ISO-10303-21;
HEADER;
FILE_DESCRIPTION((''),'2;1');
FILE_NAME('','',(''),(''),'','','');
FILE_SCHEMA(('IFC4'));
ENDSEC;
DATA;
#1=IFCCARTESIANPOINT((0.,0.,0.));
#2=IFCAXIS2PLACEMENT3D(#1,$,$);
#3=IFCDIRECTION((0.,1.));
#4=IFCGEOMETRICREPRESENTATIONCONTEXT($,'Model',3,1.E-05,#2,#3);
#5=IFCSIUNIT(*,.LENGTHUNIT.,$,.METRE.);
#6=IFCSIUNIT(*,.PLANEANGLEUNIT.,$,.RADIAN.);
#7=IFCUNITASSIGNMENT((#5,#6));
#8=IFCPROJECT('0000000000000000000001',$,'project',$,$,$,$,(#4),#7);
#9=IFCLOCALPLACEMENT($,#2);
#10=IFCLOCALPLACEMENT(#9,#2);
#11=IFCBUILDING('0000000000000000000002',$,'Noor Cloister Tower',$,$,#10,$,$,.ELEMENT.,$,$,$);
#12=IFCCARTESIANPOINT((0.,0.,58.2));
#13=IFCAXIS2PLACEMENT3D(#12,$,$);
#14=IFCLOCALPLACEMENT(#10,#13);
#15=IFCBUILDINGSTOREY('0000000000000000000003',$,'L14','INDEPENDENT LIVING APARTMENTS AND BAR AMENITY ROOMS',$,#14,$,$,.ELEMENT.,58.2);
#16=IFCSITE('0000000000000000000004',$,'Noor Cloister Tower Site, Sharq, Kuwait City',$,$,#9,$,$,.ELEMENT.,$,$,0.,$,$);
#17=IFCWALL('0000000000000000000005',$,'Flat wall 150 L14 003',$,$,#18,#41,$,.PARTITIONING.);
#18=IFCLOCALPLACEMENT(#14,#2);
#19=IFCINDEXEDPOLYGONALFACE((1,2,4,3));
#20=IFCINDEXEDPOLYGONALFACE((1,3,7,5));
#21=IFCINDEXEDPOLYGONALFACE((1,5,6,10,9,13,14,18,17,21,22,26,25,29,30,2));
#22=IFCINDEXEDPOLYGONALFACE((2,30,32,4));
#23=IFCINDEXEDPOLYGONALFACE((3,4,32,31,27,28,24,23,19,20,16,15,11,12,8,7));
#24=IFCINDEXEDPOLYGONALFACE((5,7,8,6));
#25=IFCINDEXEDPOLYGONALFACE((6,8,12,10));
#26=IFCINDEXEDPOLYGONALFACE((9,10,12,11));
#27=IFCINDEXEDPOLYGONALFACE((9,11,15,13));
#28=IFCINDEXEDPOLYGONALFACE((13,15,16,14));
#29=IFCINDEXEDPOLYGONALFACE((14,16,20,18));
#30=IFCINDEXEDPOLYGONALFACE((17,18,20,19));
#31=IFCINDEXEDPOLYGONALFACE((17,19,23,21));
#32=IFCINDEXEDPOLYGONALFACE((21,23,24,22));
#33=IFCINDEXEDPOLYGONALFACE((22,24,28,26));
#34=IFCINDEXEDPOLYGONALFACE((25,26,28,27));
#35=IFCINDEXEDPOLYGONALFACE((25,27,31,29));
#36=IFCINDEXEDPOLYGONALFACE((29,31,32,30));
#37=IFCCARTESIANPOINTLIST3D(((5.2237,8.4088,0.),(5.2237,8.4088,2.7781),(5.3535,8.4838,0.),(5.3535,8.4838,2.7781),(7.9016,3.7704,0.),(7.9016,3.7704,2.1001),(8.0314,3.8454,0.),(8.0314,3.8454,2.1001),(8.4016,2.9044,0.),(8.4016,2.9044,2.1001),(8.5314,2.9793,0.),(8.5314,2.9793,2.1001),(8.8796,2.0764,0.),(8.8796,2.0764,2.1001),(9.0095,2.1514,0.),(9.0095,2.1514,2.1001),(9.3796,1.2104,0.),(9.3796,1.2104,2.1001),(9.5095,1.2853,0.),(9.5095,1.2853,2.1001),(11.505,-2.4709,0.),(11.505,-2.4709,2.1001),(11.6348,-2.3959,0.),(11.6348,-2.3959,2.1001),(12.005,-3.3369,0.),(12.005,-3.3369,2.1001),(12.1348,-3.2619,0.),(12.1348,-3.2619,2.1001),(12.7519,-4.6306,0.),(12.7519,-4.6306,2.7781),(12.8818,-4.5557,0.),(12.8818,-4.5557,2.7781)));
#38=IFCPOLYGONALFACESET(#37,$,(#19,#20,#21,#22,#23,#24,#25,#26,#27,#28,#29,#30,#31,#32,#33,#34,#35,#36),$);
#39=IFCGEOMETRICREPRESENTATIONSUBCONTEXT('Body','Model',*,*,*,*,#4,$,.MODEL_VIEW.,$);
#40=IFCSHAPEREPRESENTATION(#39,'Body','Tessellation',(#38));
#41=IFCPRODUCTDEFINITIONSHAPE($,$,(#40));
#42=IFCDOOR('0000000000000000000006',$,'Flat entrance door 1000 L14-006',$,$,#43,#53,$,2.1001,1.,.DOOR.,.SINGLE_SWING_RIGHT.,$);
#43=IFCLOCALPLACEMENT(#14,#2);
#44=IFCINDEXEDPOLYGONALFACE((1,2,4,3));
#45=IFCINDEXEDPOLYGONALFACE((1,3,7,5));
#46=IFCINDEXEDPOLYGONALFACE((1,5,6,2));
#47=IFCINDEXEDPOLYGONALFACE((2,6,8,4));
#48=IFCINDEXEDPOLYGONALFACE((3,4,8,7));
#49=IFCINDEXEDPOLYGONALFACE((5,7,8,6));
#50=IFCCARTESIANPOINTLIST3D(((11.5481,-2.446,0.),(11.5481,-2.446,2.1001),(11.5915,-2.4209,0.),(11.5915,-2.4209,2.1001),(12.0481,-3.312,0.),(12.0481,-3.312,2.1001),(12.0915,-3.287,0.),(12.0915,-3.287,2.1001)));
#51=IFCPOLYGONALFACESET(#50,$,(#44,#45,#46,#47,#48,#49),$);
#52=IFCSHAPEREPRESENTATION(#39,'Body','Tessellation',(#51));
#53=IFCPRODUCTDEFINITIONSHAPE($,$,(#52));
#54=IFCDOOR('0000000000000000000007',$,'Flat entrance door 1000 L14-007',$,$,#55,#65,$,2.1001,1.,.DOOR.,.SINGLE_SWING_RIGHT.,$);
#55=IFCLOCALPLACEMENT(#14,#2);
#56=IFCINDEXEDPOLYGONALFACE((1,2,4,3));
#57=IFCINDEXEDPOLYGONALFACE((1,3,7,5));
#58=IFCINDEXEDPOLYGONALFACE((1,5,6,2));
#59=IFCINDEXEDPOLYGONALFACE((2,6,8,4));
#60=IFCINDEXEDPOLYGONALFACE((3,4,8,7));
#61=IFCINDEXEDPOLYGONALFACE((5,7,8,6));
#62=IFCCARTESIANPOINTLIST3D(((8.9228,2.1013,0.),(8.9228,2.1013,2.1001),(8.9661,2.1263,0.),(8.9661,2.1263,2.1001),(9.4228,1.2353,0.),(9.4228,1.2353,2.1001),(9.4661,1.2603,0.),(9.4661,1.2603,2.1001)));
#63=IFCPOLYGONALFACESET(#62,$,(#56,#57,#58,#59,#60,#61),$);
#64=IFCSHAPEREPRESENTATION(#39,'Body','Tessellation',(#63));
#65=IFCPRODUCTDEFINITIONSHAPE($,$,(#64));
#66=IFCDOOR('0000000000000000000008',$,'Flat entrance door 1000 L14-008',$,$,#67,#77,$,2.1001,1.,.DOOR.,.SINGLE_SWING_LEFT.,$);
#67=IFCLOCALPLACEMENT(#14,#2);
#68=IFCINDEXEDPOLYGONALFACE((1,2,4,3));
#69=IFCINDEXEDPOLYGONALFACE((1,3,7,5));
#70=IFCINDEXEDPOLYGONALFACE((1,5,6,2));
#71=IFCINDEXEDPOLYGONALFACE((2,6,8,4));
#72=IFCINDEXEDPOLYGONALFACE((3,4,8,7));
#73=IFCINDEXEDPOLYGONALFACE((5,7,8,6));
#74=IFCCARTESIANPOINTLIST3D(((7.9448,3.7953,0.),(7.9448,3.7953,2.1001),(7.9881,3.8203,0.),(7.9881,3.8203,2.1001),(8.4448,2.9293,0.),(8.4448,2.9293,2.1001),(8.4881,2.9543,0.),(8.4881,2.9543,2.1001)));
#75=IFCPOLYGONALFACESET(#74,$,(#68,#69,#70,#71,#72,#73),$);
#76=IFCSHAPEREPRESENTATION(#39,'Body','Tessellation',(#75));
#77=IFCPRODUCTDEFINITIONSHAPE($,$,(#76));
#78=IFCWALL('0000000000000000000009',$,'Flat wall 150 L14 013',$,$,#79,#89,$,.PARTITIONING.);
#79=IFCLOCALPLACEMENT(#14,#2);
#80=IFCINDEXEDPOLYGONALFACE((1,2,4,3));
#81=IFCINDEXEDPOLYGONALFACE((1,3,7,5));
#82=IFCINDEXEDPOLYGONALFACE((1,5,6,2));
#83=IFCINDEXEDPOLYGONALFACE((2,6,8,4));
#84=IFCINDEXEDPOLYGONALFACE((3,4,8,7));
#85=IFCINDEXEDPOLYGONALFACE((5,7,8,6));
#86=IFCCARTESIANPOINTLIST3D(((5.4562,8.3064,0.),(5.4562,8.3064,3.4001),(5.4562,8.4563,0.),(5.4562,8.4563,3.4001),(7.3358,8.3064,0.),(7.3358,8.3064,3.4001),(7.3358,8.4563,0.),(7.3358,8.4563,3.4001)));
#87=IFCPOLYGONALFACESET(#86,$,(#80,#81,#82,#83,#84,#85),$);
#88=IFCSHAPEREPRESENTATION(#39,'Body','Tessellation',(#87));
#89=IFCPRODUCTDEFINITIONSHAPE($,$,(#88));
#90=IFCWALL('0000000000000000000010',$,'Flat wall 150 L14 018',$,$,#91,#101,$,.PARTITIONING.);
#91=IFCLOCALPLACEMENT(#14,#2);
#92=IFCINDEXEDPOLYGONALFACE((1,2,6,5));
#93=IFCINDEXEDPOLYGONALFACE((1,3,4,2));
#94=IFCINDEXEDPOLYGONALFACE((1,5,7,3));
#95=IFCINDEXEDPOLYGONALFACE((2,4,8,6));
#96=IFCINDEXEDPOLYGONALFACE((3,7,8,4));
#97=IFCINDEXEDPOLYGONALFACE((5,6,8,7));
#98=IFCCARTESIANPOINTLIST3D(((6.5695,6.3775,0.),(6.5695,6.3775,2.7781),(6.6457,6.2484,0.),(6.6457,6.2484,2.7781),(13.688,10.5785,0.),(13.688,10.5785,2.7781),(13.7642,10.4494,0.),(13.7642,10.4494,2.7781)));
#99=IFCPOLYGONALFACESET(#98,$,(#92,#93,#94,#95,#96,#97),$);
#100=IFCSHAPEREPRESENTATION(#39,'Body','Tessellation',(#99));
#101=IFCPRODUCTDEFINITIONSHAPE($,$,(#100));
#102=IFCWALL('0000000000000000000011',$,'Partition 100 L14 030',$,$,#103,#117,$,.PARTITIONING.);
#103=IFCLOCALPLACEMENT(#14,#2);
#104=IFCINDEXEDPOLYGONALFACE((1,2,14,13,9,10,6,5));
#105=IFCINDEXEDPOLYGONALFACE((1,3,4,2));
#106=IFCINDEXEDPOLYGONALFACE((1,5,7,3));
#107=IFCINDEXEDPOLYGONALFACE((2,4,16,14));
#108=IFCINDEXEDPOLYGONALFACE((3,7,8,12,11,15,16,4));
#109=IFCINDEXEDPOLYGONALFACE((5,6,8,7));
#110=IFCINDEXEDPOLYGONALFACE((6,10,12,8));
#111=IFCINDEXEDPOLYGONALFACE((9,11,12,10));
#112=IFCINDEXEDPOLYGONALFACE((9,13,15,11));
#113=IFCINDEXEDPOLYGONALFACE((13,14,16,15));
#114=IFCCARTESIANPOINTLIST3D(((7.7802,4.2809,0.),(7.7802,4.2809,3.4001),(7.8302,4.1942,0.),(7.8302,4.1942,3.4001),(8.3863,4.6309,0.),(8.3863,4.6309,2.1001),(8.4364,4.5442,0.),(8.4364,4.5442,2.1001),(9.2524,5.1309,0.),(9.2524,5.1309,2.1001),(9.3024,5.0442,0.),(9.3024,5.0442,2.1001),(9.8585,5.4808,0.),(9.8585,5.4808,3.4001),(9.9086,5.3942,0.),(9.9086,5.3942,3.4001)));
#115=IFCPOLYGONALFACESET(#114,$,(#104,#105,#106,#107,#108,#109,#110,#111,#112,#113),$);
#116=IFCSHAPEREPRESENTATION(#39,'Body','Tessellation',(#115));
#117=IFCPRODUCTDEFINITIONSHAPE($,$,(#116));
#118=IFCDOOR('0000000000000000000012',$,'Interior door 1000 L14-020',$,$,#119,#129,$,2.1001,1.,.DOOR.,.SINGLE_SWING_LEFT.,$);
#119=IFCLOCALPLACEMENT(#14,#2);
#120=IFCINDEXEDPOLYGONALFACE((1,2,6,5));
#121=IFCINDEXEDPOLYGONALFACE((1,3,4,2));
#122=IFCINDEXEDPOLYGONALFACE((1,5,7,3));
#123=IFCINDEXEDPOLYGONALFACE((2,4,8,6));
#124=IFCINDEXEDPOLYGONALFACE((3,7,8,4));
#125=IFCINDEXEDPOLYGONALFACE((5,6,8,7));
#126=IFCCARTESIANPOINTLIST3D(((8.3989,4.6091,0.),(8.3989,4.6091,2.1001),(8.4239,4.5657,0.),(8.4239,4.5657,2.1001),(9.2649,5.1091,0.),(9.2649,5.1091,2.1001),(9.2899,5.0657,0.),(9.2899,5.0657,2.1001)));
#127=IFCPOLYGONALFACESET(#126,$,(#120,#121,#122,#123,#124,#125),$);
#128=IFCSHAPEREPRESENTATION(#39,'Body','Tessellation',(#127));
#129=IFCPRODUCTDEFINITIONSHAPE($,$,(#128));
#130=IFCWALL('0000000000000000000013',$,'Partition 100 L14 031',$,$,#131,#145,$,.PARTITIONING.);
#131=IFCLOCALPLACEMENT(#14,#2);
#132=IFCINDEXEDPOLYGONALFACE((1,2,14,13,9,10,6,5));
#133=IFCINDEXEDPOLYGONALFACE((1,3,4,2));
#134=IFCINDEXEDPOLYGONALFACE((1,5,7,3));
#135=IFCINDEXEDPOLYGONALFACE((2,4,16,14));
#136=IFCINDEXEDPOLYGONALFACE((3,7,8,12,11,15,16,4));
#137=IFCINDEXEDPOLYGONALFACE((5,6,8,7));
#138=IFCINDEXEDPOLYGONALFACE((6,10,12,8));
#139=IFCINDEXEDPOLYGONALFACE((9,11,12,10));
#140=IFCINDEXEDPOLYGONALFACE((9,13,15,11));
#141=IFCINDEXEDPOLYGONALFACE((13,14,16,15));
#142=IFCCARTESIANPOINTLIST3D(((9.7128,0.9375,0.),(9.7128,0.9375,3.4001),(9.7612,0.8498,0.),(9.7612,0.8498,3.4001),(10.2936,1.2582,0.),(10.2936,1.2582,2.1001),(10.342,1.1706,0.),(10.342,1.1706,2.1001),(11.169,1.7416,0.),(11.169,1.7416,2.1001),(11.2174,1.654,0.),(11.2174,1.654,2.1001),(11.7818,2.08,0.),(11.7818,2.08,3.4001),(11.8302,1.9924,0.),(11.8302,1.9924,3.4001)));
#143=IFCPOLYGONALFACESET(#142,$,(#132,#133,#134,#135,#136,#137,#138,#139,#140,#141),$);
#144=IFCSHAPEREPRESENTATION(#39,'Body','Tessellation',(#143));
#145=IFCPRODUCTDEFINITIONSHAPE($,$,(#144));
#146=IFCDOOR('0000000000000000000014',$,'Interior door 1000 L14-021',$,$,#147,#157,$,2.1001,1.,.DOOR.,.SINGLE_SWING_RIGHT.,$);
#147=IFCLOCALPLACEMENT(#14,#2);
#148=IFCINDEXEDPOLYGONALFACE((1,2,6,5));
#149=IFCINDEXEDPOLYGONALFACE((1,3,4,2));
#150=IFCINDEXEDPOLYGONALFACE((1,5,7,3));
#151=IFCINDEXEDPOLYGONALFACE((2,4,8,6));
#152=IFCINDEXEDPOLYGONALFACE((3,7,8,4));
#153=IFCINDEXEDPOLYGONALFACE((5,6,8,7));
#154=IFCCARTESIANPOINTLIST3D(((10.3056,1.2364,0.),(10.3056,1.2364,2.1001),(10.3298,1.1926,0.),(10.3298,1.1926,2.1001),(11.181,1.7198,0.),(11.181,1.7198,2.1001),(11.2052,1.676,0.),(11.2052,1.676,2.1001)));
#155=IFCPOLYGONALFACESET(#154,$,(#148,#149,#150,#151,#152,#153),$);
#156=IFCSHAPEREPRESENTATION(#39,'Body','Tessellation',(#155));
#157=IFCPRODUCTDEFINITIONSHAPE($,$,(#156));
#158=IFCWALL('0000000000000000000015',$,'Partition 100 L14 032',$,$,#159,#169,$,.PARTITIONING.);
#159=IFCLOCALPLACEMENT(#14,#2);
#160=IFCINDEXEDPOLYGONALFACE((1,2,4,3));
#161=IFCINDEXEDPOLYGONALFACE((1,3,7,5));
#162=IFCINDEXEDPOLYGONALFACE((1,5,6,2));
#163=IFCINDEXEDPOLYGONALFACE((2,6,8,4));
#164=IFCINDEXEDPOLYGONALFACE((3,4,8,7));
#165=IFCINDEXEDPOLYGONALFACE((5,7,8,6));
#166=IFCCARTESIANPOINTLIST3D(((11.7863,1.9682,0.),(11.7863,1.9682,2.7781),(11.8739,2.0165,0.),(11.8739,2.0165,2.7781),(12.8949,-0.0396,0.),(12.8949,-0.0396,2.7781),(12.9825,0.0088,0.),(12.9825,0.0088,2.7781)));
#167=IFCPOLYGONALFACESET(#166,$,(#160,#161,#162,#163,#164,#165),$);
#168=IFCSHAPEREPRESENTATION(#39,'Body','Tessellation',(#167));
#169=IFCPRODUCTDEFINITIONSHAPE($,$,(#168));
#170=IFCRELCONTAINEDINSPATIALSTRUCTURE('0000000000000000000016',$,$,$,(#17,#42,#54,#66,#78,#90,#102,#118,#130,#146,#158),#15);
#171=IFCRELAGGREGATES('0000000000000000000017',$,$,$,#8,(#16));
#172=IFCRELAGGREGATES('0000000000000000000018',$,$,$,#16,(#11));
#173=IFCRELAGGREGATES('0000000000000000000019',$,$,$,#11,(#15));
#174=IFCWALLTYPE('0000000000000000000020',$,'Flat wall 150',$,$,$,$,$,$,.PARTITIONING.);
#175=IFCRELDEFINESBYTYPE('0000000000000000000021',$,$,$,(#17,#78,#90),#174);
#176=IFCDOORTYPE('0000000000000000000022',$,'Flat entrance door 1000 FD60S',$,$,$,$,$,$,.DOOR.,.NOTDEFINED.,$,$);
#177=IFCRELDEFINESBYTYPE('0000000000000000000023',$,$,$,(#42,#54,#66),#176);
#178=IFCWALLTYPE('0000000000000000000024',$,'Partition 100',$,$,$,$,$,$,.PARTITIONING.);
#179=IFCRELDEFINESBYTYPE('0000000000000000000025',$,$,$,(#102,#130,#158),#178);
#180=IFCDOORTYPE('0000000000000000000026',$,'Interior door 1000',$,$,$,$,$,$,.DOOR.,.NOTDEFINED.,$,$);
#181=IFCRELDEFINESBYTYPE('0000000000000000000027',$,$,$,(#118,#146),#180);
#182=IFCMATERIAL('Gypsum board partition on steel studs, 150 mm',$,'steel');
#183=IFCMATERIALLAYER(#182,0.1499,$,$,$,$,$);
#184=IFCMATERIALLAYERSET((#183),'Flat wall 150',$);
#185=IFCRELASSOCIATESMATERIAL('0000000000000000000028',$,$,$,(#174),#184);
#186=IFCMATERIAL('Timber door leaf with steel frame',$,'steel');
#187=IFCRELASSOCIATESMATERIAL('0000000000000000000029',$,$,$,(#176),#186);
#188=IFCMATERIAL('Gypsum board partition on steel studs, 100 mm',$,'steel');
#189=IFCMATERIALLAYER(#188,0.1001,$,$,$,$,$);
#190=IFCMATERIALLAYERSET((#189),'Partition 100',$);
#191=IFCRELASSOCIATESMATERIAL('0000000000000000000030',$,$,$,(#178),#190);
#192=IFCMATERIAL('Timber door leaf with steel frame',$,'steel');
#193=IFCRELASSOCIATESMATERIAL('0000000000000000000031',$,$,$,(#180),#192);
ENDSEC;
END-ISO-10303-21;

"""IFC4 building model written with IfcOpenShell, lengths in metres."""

from ifc_helpers import new_model, si_unit, direction, frame, frame_2d, origin, place, context, subcontext, project, spatial, rectangle, extrude, material, layer, layer_set, type_object, element, fill, save


model = new_model("IFC4")

# Units and contexts
model_context = context("Model", 3, precision=1e-05, world=origin(), true_north=direction((0.0, 1.0)))
body_context = subcontext(model_context, "Body", "Model", "MODEL_VIEW")
ifc_project = project(units=[si_unit("LENGTHUNIT", "METRE"), si_unit("PLANEANGLEUNIT", "RADIAN")], contexts=[model_context])

# Site, building, storey
site_placement = place(None, origin())
site = spatial("IfcSite", under=ifc_project, at=site_placement, Name="Noor Cloister Tower Site, Sharq, Kuwait City", CompositionType="ELEMENT", RefElevation=0.0)
building_placement = place(site_placement, origin())
building = spatial("IfcBuilding", under=site, at=building_placement, Name="Noor Cloister Tower", CompositionType="ELEMENT")
storey_placement = place(building_placement, frame((0.0, 0.0, 58.2)))
storey = spatial("IfcBuildingStorey", under=building, at=storey_placement, Name="L14", Description="INDEPENDENT LIVING APARTMENTS AND BAR AMENITY ROOMS", CompositionType="ELEMENT", Elevation=58.2)

# Wall, openings, doors
ifc_material_1 = material(Name="Gypsum board partition on steel studs, 150 mm", Category="steel")
ifc_layer_1 = layer(ifc_material_1, 0.1499)
ifc_layer_set_1 = layer_set([ifc_layer_1], Name="Flat wall 150")
wall_type_1 = type_object("IfcWallType", Name="Flat wall 150", PredefinedType="PARTITIONING", material=ifc_layer_set_1)
wall_1_placement = place(storey_placement, frame((5.2886, 8.4463, 0.0), z_axis=(0.0, 0.0, 1.0), x_axis=(0.499997, -0.866027, 0.0)))
wall_1 = element("IfcWall", 1, at=wall_1_placement, inside=storey, type_object=wall_type_1, Name="Flat wall 150 L14 003", PredefinedType="PARTITIONING", context=body_context, shape_type="SweptSolid", body=[
    extrude(rectangle(XDim=15.0566, YDim=0.1499, at=frame_2d((7.5283, 0.0))), origin(), (0.0, 0.0, 1.0), 2.7781),
])
opening_1_placement = place(wall_1_placement, frame((12.5627, 0.0, 0.0)))
opening_1 = element("IfcOpeningElement", 2, at=opening_1_placement, cuts=wall_1, PredefinedType="OPENING", context=body_context, shape_type="SweptSolid", body=[
    extrude(rectangle(XDim=1.0, YDim=2.1001, at=frame_2d((0.5, 1.05))), frame((0.0, 0.085, 0.0), z_axis=(0.0, -1.0, 0.0), x_axis=(1.0, 0.0, 0.0)), (0.0, 0.0, 1.0), 0.1699),
])
opening_2_placement = place(wall_1_placement, frame((7.312, 0.0, 0.0)))
opening_2 = element("IfcOpeningElement", 3, at=opening_2_placement, cuts=wall_1, PredefinedType="OPENING", context=body_context, shape_type="SweptSolid", body=[
    extrude(rectangle(XDim=1.0, YDim=2.1001, at=frame_2d((0.5, 1.05))), frame((0.0, 0.085, 0.0), z_axis=(0.0, -1.0, 0.0), x_axis=(1.0, 0.0, 0.0)), (0.0, 0.0, 1.0), 0.1699),
])
opening_3_placement = place(wall_1_placement, frame((5.356, 0.0, 0.0)))
opening_3 = element("IfcOpeningElement", 4, at=opening_3_placement, cuts=wall_1, PredefinedType="OPENING", context=body_context, shape_type="SweptSolid", body=[
    extrude(rectangle(XDim=1.0, YDim=2.1001, at=frame_2d((0.5, 1.05))), frame((0.0, 0.085, 0.0), z_axis=(0.0, -1.0, 0.0), x_axis=(1.0, 0.0, 0.0)), (0.0, 0.0, 1.0), 0.1699),
])
ifc_material_2 = material(Name="Timber door leaf with steel frame", Category="steel")
door_type_1 = type_object("IfcDoorType", Name="Flat entrance door 1000 FD60S", OperationType="NOTDEFINED", PredefinedType="DOOR", material=ifc_material_2)
door_1_placement = place(opening_1_placement, origin())
door_1 = element("IfcDoor", 5, at=door_1_placement, inside=storey, type_object=door_type_1, Name="Flat entrance door 1000 L14-006", OperationType="SINGLE_SWING_RIGHT", OverallHeight=2.1001, OverallWidth=1.0, PredefinedType="DOOR", context=body_context, shape_type="SweptSolid", body=[
    extrude(rectangle(XDim=1.0, YDim=2.1001, at=frame_2d((0.5, 1.05))), frame((0.0, 0.0249, 0.0), z_axis=(0.0, -1.0, 0.0), x_axis=(1.0, 0.0, 0.0)), (0.0, 0.0, 1.0), 0.05),
])
fill(opening_1, door_1)
door_2_placement = place(opening_2_placement, origin())
door_2 = element("IfcDoor", 6, at=door_2_placement, inside=storey, type_object=door_type_1, Name="Flat entrance door 1000 L14-007", OperationType="SINGLE_SWING_RIGHT", OverallHeight=2.1001, OverallWidth=1.0, PredefinedType="DOOR", context=body_context, shape_type="SweptSolid", body=[
    extrude(rectangle(XDim=1.0, YDim=2.1001, at=frame_2d((0.5, 1.05))), frame((0.0, 0.0249, 0.0), z_axis=(0.0, -1.0, 0.0), x_axis=(1.0, 0.0, 0.0)), (0.0, 0.0, 1.0), 0.05),
])
fill(opening_2, door_2)
door_3_placement = place(opening_3_placement, origin())
door_3 = element("IfcDoor", 7, at=door_3_placement, inside=storey, type_object=door_type_1, Name="Flat entrance door 1000 L14-008", OperationType="SINGLE_SWING_LEFT", OverallHeight=2.1001, OverallWidth=1.0, PredefinedType="DOOR", context=body_context, shape_type="SweptSolid", body=[
    extrude(rectangle(XDim=1.0, YDim=2.1001, at=frame_2d((0.5, 1.05))), frame((0.0, 0.0249, 0.0), z_axis=(0.0, -1.0, 0.0), x_axis=(1.0, 0.0, 0.0)), (0.0, 0.0, 1.0), 0.05),
])
fill(opening_3, door_3)

# Walls
wall_2_placement = place(storey_placement, frame((5.4561, 8.3813, 0.0), z_axis=(0.0, 0.0, 1.0), x_axis=(1.0, 0.0, 0.0)))
element("IfcWall", 8, at=wall_2_placement, inside=storey, type_object=wall_type_1, Name="Flat wall 150 L14 013", PredefinedType="PARTITIONING", context=body_context, shape_type="SweptSolid", body=[
    extrude(rectangle(XDim=1.8796, YDim=0.1499, at=frame_2d((0.9399, 0.0))), origin(), (0.0, 0.0, 1.0), 3.4001),
])
wall_3_placement = place(storey_placement, frame((13.7261, 10.5139, 0.0), z_axis=(0.0, 0.0, 1.0), x_axis=(-0.861213, -0.508245, 0.0)))
element("IfcWall", 9, at=wall_3_placement, inside=storey, type_object=wall_type_1, Name="Flat wall 150 L14 018", PredefinedType="PARTITIONING", context=body_context, shape_type="SweptSolid", body=[
    extrude(rectangle(XDim=8.2656, YDim=0.1499, at=frame_2d((4.1328, 0.0))), origin(), (0.0, 0.0, 1.0), 2.7781),
])

# Walls, openings, doors
ifc_material_3 = material(Name="Gypsum board partition on steel studs, 100 mm", Category="steel")
ifc_layer_2 = layer(ifc_material_3, 0.1001)
ifc_layer_set_2 = layer_set([ifc_layer_2], Name="Partition 100")
wall_type_2 = type_object("IfcWallType", Name="Partition 100", PredefinedType="PARTITIONING", material=ifc_layer_set_2)
wall_4_placement = place(storey_placement, frame((7.8052, 4.2375, 0.0), z_axis=(0.0, 0.0, 1.0), x_axis=(0.866025, 0.500001, 0.0)))
wall_4 = element("IfcWall", 10, at=wall_4_placement, inside=storey, type_object=wall_type_2, Name="Partition 100 L14 030", PredefinedType="PARTITIONING", context=body_context, shape_type="SweptSolid", body=[
    extrude(rectangle(XDim=2.3999, YDim=0.1001, at=frame_2d((1.2, 0.0))), origin(), (0.0, 0.0, 1.0), 3.4001),
])
opening_4_placement = place(wall_4_placement, frame((0.7, 0.0, 0.0)))
opening_4 = element("IfcOpeningElement", 11, at=opening_4_placement, cuts=wall_4, PredefinedType="OPENING", context=body_context, shape_type="SweptSolid", body=[
    extrude(rectangle(XDim=1.0, YDim=2.1001, at=frame_2d((0.5, 1.05))), frame((0.0, 0.0601, 0.0), z_axis=(0.0, -1.0, 0.0), x_axis=(1.0, 0.0, 0.0)), (0.0, 0.0, 1.0), 0.1201),
])
ifc_material_4 = material(Name="Timber door leaf with steel frame", Category="steel")
door_type_2 = type_object("IfcDoorType", Name="Interior door 1000", OperationType="NOTDEFINED", PredefinedType="DOOR", material=ifc_material_4)
door_4_placement = place(opening_4_placement, origin())
door_4 = element("IfcDoor", 12, at=door_4_placement, inside=storey, type_object=door_type_2, Name="Interior door 1000 L14-020", OperationType="SINGLE_SWING_LEFT", OverallHeight=2.1001, OverallWidth=1.0, PredefinedType="DOOR", context=body_context, shape_type="SweptSolid", body=[
    extrude(rectangle(XDim=1.0, YDim=2.1001, at=frame_2d((0.5, 1.05))), frame((0.0, 0.0249, 0.0), z_axis=(0.0, -1.0, 0.0), x_axis=(1.0, 0.0, 0.0)), (0.0, 0.0, 1.0), 0.05),
])
fill(opening_4, door_4)
wall_5_placement = place(storey_placement, frame((11.8059, 2.0361, 0.0), z_axis=(0.0, 0.0, 1.0), x_axis=(-0.875397, -0.483405, 0.0)))
wall_5 = element("IfcWall", 13, at=wall_5_placement, inside=storey, type_object=wall_type_2, Name="Partition 100 L14 031", PredefinedType="PARTITIONING", context=body_context, shape_type="SweptSolid", body=[
    extrude(rectangle(XDim=2.3635, YDim=0.1001, at=frame_2d((1.1816, 0.0))), origin(), (0.0, 0.0, 1.0), 3.4001),
])
opening_5_placement = place(wall_5_placement, frame((0.7, 0.0, 0.0)))
opening_5 = element("IfcOpeningElement", 14, at=opening_5_placement, cuts=wall_5, PredefinedType="OPENING", context=body_context, shape_type="SweptSolid", body=[
    extrude(rectangle(XDim=1.0, YDim=2.1001, at=frame_2d((0.5, 1.05))), frame((0.0, 0.0601, 0.0), z_axis=(0.0, -1.0, 0.0), x_axis=(1.0, 0.0, 0.0)), (0.0, 0.0, 1.0), 0.1201),
])
door_5_placement = place(opening_5_placement, origin())
door_5 = element("IfcDoor", 15, at=door_5_placement, inside=storey, type_object=door_type_2, Name="Interior door 1000 L14-021", OperationType="SINGLE_SWING_RIGHT", OverallHeight=2.1001, OverallWidth=1.0, PredefinedType="DOOR", context=body_context, shape_type="SweptSolid", body=[
    extrude(rectangle(XDim=1.0, YDim=2.1001, at=frame_2d((0.5, 1.05))), frame((0.0, 0.0249, 0.0), z_axis=(0.0, -1.0, 0.0), x_axis=(1.0, 0.0, 0.0)), (0.0, 0.0, 1.0), 0.05),
])
fill(opening_5, door_5)

# Wall
wall_6_placement = place(storey_placement, frame((12.9387, -0.0154, 0.0), z_axis=(0.0, 0.0, 1.0), x_axis=(-0.483373, 0.875415, 0.0)))
element("IfcWall", 16, at=wall_6_placement, inside=storey, type_object=wall_type_2, Name="Partition 100 L14 032", PredefinedType="PARTITIONING", context=body_context, shape_type="SweptSolid", body=[
    extrude(rectangle(XDim=2.2935, YDim=0.1001, at=frame_2d((1.1467, 0.0))), origin(), (0.0, 0.0, 1.0), 2.7781),
])

save(model, "model.ifc")
